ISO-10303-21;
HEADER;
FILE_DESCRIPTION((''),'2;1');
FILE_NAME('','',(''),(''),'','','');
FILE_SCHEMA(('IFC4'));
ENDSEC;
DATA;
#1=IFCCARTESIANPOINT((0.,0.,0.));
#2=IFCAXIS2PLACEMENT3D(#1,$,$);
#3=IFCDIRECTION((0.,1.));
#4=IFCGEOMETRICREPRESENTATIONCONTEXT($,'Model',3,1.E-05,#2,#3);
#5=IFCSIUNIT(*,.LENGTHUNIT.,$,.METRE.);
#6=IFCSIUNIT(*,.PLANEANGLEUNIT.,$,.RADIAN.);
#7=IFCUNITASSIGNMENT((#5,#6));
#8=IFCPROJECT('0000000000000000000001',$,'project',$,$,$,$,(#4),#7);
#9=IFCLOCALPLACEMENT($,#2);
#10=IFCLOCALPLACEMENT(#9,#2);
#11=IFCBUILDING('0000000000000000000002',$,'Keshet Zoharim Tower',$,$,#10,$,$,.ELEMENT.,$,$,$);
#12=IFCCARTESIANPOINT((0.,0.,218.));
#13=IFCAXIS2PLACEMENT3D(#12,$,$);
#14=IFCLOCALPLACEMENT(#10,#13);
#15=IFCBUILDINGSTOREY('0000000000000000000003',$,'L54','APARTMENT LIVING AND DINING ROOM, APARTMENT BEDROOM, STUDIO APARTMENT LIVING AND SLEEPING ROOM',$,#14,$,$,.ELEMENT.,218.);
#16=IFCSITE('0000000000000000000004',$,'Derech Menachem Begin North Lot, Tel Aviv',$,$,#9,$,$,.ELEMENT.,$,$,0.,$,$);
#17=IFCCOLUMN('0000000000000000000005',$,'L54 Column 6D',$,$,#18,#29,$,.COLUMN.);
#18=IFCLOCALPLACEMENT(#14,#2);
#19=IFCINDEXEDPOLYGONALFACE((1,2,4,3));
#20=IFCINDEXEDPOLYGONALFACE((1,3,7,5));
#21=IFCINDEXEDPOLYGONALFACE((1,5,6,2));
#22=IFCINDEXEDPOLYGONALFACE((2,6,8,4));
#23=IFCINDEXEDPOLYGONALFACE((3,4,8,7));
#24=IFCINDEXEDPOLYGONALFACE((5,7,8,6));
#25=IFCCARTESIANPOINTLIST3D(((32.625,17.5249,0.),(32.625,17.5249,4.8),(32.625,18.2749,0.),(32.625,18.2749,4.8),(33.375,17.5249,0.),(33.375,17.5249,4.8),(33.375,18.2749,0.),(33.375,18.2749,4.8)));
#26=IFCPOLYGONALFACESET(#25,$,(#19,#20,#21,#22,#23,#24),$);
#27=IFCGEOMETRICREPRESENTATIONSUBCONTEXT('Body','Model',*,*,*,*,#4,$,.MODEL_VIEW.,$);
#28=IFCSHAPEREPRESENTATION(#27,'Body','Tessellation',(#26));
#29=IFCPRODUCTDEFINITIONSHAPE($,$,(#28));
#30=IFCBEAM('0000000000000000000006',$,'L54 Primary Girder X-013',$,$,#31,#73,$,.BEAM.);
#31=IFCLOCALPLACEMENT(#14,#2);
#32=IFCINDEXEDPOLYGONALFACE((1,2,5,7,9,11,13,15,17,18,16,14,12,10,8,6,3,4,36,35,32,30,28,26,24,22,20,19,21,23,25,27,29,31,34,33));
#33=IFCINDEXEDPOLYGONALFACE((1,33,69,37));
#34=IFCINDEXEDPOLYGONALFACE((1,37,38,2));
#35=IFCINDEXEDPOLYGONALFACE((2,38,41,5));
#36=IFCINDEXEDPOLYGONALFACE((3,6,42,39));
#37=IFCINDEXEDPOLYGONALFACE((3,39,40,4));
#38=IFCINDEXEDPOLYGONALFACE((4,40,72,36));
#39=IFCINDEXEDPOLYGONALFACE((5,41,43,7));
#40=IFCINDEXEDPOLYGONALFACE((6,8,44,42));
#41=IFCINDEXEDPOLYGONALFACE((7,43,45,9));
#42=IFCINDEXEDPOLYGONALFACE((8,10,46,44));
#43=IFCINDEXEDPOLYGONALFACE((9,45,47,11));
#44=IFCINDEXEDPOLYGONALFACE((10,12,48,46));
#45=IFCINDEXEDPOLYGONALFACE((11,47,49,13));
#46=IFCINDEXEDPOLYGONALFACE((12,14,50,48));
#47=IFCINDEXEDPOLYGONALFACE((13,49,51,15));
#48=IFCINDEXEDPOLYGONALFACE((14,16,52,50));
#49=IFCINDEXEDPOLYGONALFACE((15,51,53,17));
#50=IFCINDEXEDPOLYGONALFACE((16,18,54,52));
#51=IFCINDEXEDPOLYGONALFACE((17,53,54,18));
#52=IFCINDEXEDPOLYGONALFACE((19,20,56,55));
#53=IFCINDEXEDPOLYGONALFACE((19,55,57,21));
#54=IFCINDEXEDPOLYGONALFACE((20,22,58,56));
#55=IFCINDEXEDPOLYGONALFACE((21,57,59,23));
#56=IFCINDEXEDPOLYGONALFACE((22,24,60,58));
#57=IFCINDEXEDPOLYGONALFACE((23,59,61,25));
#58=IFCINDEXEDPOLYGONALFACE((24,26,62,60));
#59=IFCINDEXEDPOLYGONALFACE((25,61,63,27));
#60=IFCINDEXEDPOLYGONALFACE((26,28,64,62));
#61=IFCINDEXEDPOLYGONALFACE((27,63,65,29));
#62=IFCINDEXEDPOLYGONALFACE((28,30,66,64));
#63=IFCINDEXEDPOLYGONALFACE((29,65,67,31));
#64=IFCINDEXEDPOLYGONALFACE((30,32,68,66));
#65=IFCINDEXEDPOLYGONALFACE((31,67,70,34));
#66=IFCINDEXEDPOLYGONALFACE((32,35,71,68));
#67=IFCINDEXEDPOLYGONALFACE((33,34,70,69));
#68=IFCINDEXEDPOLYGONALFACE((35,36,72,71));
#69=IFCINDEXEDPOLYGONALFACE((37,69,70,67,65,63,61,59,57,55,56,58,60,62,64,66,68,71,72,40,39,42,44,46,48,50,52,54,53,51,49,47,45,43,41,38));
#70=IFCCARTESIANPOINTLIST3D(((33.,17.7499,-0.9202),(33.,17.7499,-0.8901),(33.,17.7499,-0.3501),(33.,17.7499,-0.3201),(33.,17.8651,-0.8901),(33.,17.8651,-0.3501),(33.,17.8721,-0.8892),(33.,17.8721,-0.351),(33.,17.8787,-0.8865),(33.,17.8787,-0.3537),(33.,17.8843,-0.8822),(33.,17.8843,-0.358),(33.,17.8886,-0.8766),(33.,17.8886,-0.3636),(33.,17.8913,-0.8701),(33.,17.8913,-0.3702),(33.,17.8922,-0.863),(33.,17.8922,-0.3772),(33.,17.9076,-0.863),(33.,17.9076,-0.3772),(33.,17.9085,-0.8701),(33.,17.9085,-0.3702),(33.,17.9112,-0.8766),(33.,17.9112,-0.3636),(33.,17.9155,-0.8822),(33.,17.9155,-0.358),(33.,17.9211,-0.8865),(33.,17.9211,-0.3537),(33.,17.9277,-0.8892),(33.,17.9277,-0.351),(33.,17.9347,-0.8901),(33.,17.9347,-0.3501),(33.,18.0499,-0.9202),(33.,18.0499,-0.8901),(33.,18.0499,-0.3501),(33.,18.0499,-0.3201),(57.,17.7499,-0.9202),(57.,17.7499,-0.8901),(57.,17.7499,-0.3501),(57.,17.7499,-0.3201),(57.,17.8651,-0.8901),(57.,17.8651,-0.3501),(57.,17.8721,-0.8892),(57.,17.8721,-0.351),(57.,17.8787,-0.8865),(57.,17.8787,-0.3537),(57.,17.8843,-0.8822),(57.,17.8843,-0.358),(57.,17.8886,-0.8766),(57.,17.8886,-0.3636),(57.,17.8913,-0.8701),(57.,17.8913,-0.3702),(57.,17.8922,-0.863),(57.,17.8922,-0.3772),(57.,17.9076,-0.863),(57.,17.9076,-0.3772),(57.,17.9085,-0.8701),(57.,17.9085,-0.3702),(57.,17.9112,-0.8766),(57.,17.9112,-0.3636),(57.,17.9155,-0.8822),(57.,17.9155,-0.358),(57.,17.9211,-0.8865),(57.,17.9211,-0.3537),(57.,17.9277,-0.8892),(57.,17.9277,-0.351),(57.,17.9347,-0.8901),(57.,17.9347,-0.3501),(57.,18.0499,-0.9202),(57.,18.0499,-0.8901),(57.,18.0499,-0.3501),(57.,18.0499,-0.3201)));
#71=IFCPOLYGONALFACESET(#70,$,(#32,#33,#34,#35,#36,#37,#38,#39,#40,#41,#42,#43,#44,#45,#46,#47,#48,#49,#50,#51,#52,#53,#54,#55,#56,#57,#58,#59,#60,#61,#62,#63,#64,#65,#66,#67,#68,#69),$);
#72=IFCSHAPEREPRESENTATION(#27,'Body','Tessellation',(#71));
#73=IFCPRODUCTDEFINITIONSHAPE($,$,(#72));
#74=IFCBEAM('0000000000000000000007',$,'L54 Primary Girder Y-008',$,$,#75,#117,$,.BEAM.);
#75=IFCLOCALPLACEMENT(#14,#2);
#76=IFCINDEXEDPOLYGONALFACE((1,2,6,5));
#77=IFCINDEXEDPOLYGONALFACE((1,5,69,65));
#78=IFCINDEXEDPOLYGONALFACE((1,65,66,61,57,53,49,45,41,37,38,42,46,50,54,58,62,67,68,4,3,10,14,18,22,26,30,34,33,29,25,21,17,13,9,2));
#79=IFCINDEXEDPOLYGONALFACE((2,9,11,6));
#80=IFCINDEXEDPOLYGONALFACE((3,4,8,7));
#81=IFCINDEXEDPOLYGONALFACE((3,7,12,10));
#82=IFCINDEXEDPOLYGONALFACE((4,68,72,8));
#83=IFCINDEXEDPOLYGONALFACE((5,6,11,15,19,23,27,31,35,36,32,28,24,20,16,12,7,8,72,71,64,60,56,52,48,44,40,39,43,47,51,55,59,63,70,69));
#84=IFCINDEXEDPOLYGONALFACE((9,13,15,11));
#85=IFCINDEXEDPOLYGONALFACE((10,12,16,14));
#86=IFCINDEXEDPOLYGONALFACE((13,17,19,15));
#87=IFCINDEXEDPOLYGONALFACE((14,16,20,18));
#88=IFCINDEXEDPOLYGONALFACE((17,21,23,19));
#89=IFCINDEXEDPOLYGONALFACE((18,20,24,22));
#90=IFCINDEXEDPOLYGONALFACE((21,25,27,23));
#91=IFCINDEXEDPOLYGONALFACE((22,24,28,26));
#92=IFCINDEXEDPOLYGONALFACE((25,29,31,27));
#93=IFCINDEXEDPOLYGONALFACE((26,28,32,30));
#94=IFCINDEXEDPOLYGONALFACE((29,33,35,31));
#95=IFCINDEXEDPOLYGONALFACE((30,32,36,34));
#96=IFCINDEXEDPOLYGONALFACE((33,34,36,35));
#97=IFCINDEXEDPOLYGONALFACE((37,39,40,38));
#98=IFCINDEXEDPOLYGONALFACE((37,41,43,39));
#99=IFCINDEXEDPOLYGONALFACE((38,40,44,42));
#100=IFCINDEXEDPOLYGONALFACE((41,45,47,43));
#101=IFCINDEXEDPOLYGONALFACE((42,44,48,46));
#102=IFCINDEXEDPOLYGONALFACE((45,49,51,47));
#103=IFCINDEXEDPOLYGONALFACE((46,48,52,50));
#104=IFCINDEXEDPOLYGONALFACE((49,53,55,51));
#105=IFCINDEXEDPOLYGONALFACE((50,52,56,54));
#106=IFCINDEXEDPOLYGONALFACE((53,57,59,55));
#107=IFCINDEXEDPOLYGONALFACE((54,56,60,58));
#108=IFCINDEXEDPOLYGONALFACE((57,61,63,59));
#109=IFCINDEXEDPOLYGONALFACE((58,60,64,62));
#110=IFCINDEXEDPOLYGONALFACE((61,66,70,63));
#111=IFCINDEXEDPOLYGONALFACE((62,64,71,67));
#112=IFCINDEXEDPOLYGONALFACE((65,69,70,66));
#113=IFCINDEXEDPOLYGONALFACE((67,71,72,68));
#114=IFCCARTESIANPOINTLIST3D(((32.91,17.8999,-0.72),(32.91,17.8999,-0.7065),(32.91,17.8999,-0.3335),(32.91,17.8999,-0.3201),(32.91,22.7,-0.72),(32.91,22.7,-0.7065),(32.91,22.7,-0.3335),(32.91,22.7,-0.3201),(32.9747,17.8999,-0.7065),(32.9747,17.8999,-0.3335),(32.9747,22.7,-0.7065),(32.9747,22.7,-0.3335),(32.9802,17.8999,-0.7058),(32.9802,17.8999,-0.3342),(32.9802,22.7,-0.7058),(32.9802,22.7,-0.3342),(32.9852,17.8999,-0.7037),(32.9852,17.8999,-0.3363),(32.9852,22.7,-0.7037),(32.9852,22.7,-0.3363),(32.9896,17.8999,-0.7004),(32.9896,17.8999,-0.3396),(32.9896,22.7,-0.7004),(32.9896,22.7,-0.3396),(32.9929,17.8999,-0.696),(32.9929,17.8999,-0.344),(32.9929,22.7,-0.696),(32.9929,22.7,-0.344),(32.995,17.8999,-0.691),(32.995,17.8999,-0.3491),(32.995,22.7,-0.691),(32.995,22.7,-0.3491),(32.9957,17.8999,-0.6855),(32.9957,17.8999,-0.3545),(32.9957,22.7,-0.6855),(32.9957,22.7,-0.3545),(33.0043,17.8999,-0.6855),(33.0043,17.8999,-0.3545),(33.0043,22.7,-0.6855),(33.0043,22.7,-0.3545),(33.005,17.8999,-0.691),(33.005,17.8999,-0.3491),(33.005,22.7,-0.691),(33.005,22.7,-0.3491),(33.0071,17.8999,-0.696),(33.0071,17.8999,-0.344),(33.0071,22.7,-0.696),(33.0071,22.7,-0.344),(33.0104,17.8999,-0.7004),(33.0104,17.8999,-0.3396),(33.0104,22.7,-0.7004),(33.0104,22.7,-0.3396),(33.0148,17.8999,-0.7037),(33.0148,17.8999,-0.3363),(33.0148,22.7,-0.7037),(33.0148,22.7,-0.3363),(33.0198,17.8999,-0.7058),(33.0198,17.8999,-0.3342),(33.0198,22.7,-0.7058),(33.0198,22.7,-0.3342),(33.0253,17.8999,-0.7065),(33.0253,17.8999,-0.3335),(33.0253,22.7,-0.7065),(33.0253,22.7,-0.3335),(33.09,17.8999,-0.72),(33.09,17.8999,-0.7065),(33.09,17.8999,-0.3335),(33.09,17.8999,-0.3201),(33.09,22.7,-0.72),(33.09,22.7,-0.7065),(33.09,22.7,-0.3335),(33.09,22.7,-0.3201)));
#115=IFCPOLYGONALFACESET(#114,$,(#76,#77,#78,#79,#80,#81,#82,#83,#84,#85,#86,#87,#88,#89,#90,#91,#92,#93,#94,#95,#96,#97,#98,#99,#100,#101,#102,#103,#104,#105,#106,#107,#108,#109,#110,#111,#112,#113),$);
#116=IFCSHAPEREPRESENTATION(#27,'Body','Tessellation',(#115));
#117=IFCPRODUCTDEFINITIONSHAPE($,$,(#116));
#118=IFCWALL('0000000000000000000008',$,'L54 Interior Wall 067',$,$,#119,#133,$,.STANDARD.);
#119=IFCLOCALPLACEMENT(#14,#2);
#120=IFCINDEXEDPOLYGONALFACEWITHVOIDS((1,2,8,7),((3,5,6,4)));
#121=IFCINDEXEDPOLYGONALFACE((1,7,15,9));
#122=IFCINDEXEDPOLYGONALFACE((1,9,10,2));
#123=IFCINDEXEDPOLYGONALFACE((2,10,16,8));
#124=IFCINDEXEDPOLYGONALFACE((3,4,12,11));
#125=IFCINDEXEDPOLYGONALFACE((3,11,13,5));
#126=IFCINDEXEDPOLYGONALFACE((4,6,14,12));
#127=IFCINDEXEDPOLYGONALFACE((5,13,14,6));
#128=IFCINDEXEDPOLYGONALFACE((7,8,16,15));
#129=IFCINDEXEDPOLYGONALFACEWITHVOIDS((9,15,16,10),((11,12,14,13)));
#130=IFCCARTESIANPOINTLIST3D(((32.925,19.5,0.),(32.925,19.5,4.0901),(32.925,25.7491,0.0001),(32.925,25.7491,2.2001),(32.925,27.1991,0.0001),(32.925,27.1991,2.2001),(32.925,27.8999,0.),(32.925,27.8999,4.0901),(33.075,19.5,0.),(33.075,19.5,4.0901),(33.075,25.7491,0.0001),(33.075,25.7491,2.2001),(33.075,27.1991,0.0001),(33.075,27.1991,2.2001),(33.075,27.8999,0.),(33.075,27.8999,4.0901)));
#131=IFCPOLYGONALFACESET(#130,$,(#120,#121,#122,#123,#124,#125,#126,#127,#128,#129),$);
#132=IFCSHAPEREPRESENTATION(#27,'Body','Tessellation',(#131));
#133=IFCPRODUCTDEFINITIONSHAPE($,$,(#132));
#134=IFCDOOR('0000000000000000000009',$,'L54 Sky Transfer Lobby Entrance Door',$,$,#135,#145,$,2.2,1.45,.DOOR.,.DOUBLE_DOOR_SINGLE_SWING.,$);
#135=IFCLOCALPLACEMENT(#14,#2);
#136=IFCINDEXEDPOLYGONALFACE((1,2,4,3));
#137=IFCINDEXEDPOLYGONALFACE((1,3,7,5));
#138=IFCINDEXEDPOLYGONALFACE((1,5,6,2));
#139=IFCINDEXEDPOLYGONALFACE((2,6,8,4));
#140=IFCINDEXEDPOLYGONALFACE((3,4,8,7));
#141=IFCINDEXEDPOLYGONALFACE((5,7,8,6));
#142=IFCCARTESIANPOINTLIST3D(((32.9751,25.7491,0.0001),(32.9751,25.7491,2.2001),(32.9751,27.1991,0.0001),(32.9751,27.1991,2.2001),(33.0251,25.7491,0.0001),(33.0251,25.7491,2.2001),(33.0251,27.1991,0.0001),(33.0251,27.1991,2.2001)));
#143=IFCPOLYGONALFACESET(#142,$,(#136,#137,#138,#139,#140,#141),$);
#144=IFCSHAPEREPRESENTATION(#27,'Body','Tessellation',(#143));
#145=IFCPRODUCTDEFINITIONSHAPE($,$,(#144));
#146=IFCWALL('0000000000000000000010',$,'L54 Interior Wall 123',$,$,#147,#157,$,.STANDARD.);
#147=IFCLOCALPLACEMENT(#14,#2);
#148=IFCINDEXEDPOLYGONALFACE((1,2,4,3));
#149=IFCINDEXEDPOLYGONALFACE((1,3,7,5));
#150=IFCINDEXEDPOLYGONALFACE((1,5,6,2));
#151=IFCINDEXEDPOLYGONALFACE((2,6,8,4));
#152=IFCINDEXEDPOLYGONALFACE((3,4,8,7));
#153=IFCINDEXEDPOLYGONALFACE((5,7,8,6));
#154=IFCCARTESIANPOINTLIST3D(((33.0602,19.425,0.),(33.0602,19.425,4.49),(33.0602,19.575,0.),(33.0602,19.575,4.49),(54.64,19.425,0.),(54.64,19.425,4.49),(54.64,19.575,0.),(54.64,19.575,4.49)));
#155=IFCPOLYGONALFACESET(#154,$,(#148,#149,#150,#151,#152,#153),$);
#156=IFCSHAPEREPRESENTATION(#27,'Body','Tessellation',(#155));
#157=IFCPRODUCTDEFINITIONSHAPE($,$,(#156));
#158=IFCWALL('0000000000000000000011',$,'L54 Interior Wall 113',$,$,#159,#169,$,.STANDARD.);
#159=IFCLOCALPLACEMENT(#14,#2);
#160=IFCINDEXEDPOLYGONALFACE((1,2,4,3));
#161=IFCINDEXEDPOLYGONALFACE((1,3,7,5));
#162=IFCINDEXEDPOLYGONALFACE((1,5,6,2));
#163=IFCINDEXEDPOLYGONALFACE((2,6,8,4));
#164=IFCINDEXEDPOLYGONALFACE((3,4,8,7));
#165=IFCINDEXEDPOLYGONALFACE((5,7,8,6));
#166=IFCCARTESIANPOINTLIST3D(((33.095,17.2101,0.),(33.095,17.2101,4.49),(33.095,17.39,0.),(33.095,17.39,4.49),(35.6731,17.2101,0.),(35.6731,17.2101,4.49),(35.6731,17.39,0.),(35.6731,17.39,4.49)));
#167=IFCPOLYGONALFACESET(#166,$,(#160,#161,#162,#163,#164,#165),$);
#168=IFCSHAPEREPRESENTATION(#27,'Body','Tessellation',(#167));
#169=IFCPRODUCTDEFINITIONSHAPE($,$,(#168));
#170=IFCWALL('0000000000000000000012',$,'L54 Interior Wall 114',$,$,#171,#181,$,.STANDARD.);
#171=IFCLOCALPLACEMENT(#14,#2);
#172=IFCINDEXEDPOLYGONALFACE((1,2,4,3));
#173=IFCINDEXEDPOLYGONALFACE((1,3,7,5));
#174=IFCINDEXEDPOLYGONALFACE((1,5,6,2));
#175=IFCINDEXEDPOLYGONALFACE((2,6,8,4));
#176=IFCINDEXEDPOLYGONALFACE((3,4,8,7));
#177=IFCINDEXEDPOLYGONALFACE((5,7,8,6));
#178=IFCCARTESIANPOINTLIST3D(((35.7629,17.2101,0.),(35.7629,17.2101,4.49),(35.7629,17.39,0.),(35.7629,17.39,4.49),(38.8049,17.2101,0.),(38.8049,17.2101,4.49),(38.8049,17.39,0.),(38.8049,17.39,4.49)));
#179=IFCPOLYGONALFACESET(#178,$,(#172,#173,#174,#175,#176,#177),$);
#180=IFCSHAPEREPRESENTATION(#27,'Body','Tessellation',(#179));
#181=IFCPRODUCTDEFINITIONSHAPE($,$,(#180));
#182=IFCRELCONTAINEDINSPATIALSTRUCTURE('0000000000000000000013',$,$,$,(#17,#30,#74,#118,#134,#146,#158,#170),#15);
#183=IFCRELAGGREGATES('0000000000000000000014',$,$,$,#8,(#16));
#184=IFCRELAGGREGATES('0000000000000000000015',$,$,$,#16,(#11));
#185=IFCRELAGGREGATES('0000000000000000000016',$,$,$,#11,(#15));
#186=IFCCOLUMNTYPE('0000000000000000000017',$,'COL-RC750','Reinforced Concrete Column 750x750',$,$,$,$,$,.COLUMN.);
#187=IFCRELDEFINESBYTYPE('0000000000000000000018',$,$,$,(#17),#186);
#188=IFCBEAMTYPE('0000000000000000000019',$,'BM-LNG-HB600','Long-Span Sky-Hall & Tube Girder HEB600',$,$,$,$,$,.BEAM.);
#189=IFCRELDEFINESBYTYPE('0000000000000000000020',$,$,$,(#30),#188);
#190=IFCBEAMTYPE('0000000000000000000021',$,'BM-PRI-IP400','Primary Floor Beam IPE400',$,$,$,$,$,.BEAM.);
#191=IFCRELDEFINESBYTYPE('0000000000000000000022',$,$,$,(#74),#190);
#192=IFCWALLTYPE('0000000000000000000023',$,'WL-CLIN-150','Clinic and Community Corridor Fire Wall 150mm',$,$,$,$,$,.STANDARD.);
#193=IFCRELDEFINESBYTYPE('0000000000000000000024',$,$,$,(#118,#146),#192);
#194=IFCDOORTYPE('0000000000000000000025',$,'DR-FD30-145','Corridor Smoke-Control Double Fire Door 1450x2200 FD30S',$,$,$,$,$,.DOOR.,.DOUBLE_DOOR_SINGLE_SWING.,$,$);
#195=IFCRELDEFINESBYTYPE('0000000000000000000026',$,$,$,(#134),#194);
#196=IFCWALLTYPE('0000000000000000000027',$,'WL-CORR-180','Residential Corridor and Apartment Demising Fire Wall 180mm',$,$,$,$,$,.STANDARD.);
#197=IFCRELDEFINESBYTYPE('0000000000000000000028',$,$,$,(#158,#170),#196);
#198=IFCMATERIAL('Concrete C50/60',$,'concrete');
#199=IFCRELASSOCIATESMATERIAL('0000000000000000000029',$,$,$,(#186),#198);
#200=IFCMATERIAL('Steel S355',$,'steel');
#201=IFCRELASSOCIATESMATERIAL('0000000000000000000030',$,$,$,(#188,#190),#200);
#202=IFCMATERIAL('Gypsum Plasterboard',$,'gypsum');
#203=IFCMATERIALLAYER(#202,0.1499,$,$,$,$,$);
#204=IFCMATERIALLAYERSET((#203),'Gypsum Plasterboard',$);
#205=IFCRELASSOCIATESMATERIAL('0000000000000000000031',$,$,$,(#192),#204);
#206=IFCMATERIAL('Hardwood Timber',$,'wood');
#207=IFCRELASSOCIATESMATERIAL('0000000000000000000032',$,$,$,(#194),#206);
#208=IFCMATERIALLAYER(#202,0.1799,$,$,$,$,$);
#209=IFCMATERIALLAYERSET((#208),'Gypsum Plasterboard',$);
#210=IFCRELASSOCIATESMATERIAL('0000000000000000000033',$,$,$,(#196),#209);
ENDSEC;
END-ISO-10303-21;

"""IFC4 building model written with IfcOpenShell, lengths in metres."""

from ifc_helpers import new_model, si_unit, direction, frame, frame_2d, origin, origin_2d, place, context, subcontext, project, spatial, rectangle, i_section, extrude, material, layer, layer_set, material_profile, profile_set, type_object, element, fill, save


model = new_model("IFC4")

# Units and contexts
model_context = context("Model", 3, precision=1e-05, world=origin(), true_north=direction((0.0, 1.0)))
body_context = subcontext(model_context, "Body", "Model", "MODEL_VIEW")
ifc_project = project(units=[si_unit("LENGTHUNIT", "METRE"), si_unit("PLANEANGLEUNIT", "RADIAN")], contexts=[model_context])

# Site, building, storey
site_placement = place(None, origin())
site = spatial("IfcSite", under=ifc_project, at=site_placement, Name="Derech Menachem Begin North Lot, Tel Aviv", CompositionType="ELEMENT", RefElevation=0.0)
building_placement = place(site_placement, origin())
building = spatial("IfcBuilding", under=site, at=building_placement, Name="Keshet Zoharim Tower", CompositionType="ELEMENT")
storey_placement = place(building_placement, frame((0.0, 0.0, 218.0)))
storey = spatial("IfcBuildingStorey", under=building, at=storey_placement, Name="L54", Description="APARTMENT LIVING AND DINING ROOM, APARTMENT BEDROOM, STUDIO APARTMENT LIVING AND SLEEPING ROOM", CompositionType="ELEMENT", Elevation=218.0)

# Column
ifc_material_1 = material(Name="Concrete C50/60", Category="concrete")
ifc_material_profile_1 = material_profile(ifc_material_1, rectangle(XDim=0.75, YDim=0.75, at=origin_2d()), Name="RC750x750")
ifc_profile_set_1 = profile_set([ifc_material_profile_1], Name="Concrete C50/60")
column_type = type_object("IfcColumnType", Name="COL-RC750", Description="Reinforced Concrete Column 750x750", PredefinedType="COLUMN", material=ifc_profile_set_1)
column_placement = place(storey_placement, frame((33.0, 17.8999, 0.0), z_axis=(0.0, 0.0, 1.0), x_axis=(1.0, 0.0, 0.0)))
element("IfcColumn", 1, at=column_placement, inside=storey, type_object=column_type, Name="L54 Column 6D", PredefinedType="COLUMN", context=body_context, shape_type="SweptSolid", body=[
    extrude(rectangle(XDim=0.75, YDim=0.75, at=origin_2d()), origin(), (0.0, 0.0, 1.0), 4.8),
])

# Beams
ifc_material_2 = material(Name="Steel S355", Category="steel")
ifc_material_profile_2 = material_profile(ifc_material_2, i_section(OverallWidth=0.3, OverallDepth=0.6001, WebThickness=0.0154, FlangeThickness=0.03, FilletRadius=0.0271, at=origin_2d()), Name="HEB600")
ifc_profile_set_2 = profile_set([ifc_material_profile_2], Name="Steel S355")
beam_type_1 = type_object("IfcBeamType", Name="BM-LNG-HB600", Description="Long-Span Sky-Hall & Tube Girder HEB600", PredefinedType="BEAM", material=ifc_profile_set_2)
beam_1_placement = place(storey_placement, frame((33.0, 17.8999, -0.6201), z_axis=(1.0, 0.0, 0.0), x_axis=(0.0, 1.0, 0.0)))
element("IfcBeam", 2, at=beam_1_placement, inside=storey, type_object=beam_type_1, Name="L54 Primary Girder X-013", PredefinedType="BEAM", context=body_context, shape_type="SweptSolid", body=[
    extrude(i_section(OverallWidth=0.3, OverallDepth=0.6001, WebThickness=0.0154, FlangeThickness=0.03, FilletRadius=0.0271, at=origin_2d()), origin(), (0.0, 0.0, 1.0), 24.0),
])
ifc_material_profile_3 = material_profile(ifc_material_2, i_section(OverallWidth=0.1799, OverallDepth=0.3999, WebThickness=0.0085, FlangeThickness=0.0134, FilletRadius=0.021, at=origin_2d()), Name="IPE400")
ifc_profile_set_3 = profile_set([ifc_material_profile_3], Name="Steel S355")
beam_type_2 = type_object("IfcBeamType", Name="BM-PRI-IP400", Description="Primary Floor Beam IPE400", PredefinedType="BEAM", material=ifc_profile_set_3)
beam_2_placement = place(storey_placement, frame((33.0, 17.8999, -0.52), z_axis=(0.0, 1.0, 0.0), x_axis=(-1.0, 0.0, 0.0)))
element("IfcBeam", 3, at=beam_2_placement, inside=storey, type_object=beam_type_2, Name="L54 Primary Girder Y-008", PredefinedType="BEAM", context=body_context, shape_type="SweptSolid", body=[
    extrude(i_section(OverallWidth=0.1799, OverallDepth=0.3999, WebThickness=0.0085, FlangeThickness=0.0134, FilletRadius=0.021, at=origin_2d()), origin(), (0.0, 0.0, 1.0), 4.8),
])

# Wall, opening, door
ifc_material_3 = material(Name="Gypsum Plasterboard", Category="gypsum")
ifc_layer_1 = layer(ifc_material_3, 0.1499)
ifc_layer_set_1 = layer_set([ifc_layer_1], Name="Gypsum Plasterboard")
wall_type_1 = type_object("IfcWallType", Name="WL-CLIN-150", Description="Clinic and Community Corridor Fire Wall 150mm", PredefinedType="STANDARD", material=ifc_layer_set_1)
wall_1_placement = place(storey_placement, frame((33.0, 19.5, 0.0), z_axis=(0.0, 0.0, 1.0), x_axis=(0.0, 1.0, 0.0)))
wall_1 = element("IfcWall", 4, at=wall_1_placement, inside=storey, type_object=wall_type_1, Name="L54 Interior Wall 067", PredefinedType="STANDARD", context=body_context, shape_type="SweptSolid", body=[
    extrude(rectangle(XDim=8.3999, YDim=0.1499, at=frame_2d((4.2, 0.0))), origin(), (0.0, 0.0, 1.0), 4.0901),
])
opening_1_placement = place(wall_1_placement, frame((6.249, 0.0, 0.0)))
opening_1 = element("IfcOpeningElement", 5, at=opening_1_placement, cuts=wall_1, PredefinedType="OPENING", context=body_context, shape_type="SweptSolid", body=[
    extrude(rectangle(XDim=1.45, YDim=2.2, at=frame_2d((0.7251, 1.1001))), frame((0.0, 0.085, 0.0), z_axis=(0.0, -1.0, 0.0), x_axis=(1.0, 0.0, 0.0)), (0.0, 0.0, 1.0), 0.1699),
])
ifc_material_4 = material(Name="Hardwood Timber", Category="wood")
door_type_1 = type_object("IfcDoorType", Name="DR-FD30-145", Description="Corridor Smoke-Control Double Fire Door 1450x2200 FD30S", OperationType="DOUBLE_DOOR_SINGLE_SWING", PredefinedType="DOOR", material=ifc_material_4)
door_1_placement = place(opening_1_placement, origin())
door_1 = element("IfcDoor", 6, at=door_1_placement, inside=storey, type_object=door_type_1, Name="L54 Sky Transfer Lobby Entrance Door", OperationType="DOUBLE_DOOR_SINGLE_SWING", OverallHeight=2.2, OverallWidth=1.45, PredefinedType="DOOR", context=body_context, shape_type="SweptSolid", body=[
    extrude(rectangle(XDim=1.45, YDim=2.2, at=frame_2d((0.7251, 1.1001))), frame((0.0, 0.0249, 0.0), z_axis=(0.0, -1.0, 0.0), x_axis=(1.0, 0.0, 0.0)), (0.0, 0.0, 1.0), 0.05),
])
fill(opening_1, door_1)

# Walls
wall_2_placement = place(storey_placement, frame((33.0601, 19.5, 0.0), z_axis=(0.0, 0.0, 1.0), x_axis=(1.0, 0.0, 0.0)))
element("IfcWall", 7, at=wall_2_placement, inside=storey, type_object=wall_type_1, Name="L54 Interior Wall 123", PredefinedType="STANDARD", context=body_context, shape_type="SweptSolid", body=[
    extrude(rectangle(XDim=21.5798, YDim=0.1499, at=frame_2d((10.79, 0.0))), origin(), (0.0, 0.0, 1.0), 4.49),
])
ifc_layer_2 = layer(ifc_material_3, 0.1799)
ifc_layer_set_2 = layer_set([ifc_layer_2], Name="Gypsum Plasterboard")
wall_type_2 = type_object("IfcWallType", Name="WL-CORR-180", Description="Residential Corridor and Apartment Demising Fire Wall 180mm", PredefinedType="STANDARD", material=ifc_layer_set_2)
wall_3_placement = place(storey_placement, frame((33.095, 17.3, 0.0), z_axis=(0.0, 0.0, 1.0), x_axis=(1.0, 0.0, 0.0)))
element("IfcWall", 8, at=wall_3_placement, inside=storey, type_object=wall_type_2, Name="L54 Interior Wall 113", PredefinedType="STANDARD", context=body_context, shape_type="SweptSolid", body=[
    extrude(rectangle(XDim=2.5781, YDim=0.1799, at=frame_2d((1.2891, 0.0))), origin(), (0.0, 0.0, 1.0), 4.49),
])
wall_4_placement = place(storey_placement, frame((35.7629, 17.3, 0.0), z_axis=(0.0, 0.0, 1.0), x_axis=(1.0, 0.0, 0.0)))
element("IfcWall", 9, at=wall_4_placement, inside=storey, type_object=wall_type_2, Name="L54 Interior Wall 114", PredefinedType="STANDARD", context=body_context, shape_type="SweptSolid", body=[
    extrude(rectangle(XDim=3.042, YDim=0.1799, at=frame_2d((1.521, 0.0))), origin(), (0.0, 0.0, 1.0), 4.49),
])

save(model, "model.ifc")
